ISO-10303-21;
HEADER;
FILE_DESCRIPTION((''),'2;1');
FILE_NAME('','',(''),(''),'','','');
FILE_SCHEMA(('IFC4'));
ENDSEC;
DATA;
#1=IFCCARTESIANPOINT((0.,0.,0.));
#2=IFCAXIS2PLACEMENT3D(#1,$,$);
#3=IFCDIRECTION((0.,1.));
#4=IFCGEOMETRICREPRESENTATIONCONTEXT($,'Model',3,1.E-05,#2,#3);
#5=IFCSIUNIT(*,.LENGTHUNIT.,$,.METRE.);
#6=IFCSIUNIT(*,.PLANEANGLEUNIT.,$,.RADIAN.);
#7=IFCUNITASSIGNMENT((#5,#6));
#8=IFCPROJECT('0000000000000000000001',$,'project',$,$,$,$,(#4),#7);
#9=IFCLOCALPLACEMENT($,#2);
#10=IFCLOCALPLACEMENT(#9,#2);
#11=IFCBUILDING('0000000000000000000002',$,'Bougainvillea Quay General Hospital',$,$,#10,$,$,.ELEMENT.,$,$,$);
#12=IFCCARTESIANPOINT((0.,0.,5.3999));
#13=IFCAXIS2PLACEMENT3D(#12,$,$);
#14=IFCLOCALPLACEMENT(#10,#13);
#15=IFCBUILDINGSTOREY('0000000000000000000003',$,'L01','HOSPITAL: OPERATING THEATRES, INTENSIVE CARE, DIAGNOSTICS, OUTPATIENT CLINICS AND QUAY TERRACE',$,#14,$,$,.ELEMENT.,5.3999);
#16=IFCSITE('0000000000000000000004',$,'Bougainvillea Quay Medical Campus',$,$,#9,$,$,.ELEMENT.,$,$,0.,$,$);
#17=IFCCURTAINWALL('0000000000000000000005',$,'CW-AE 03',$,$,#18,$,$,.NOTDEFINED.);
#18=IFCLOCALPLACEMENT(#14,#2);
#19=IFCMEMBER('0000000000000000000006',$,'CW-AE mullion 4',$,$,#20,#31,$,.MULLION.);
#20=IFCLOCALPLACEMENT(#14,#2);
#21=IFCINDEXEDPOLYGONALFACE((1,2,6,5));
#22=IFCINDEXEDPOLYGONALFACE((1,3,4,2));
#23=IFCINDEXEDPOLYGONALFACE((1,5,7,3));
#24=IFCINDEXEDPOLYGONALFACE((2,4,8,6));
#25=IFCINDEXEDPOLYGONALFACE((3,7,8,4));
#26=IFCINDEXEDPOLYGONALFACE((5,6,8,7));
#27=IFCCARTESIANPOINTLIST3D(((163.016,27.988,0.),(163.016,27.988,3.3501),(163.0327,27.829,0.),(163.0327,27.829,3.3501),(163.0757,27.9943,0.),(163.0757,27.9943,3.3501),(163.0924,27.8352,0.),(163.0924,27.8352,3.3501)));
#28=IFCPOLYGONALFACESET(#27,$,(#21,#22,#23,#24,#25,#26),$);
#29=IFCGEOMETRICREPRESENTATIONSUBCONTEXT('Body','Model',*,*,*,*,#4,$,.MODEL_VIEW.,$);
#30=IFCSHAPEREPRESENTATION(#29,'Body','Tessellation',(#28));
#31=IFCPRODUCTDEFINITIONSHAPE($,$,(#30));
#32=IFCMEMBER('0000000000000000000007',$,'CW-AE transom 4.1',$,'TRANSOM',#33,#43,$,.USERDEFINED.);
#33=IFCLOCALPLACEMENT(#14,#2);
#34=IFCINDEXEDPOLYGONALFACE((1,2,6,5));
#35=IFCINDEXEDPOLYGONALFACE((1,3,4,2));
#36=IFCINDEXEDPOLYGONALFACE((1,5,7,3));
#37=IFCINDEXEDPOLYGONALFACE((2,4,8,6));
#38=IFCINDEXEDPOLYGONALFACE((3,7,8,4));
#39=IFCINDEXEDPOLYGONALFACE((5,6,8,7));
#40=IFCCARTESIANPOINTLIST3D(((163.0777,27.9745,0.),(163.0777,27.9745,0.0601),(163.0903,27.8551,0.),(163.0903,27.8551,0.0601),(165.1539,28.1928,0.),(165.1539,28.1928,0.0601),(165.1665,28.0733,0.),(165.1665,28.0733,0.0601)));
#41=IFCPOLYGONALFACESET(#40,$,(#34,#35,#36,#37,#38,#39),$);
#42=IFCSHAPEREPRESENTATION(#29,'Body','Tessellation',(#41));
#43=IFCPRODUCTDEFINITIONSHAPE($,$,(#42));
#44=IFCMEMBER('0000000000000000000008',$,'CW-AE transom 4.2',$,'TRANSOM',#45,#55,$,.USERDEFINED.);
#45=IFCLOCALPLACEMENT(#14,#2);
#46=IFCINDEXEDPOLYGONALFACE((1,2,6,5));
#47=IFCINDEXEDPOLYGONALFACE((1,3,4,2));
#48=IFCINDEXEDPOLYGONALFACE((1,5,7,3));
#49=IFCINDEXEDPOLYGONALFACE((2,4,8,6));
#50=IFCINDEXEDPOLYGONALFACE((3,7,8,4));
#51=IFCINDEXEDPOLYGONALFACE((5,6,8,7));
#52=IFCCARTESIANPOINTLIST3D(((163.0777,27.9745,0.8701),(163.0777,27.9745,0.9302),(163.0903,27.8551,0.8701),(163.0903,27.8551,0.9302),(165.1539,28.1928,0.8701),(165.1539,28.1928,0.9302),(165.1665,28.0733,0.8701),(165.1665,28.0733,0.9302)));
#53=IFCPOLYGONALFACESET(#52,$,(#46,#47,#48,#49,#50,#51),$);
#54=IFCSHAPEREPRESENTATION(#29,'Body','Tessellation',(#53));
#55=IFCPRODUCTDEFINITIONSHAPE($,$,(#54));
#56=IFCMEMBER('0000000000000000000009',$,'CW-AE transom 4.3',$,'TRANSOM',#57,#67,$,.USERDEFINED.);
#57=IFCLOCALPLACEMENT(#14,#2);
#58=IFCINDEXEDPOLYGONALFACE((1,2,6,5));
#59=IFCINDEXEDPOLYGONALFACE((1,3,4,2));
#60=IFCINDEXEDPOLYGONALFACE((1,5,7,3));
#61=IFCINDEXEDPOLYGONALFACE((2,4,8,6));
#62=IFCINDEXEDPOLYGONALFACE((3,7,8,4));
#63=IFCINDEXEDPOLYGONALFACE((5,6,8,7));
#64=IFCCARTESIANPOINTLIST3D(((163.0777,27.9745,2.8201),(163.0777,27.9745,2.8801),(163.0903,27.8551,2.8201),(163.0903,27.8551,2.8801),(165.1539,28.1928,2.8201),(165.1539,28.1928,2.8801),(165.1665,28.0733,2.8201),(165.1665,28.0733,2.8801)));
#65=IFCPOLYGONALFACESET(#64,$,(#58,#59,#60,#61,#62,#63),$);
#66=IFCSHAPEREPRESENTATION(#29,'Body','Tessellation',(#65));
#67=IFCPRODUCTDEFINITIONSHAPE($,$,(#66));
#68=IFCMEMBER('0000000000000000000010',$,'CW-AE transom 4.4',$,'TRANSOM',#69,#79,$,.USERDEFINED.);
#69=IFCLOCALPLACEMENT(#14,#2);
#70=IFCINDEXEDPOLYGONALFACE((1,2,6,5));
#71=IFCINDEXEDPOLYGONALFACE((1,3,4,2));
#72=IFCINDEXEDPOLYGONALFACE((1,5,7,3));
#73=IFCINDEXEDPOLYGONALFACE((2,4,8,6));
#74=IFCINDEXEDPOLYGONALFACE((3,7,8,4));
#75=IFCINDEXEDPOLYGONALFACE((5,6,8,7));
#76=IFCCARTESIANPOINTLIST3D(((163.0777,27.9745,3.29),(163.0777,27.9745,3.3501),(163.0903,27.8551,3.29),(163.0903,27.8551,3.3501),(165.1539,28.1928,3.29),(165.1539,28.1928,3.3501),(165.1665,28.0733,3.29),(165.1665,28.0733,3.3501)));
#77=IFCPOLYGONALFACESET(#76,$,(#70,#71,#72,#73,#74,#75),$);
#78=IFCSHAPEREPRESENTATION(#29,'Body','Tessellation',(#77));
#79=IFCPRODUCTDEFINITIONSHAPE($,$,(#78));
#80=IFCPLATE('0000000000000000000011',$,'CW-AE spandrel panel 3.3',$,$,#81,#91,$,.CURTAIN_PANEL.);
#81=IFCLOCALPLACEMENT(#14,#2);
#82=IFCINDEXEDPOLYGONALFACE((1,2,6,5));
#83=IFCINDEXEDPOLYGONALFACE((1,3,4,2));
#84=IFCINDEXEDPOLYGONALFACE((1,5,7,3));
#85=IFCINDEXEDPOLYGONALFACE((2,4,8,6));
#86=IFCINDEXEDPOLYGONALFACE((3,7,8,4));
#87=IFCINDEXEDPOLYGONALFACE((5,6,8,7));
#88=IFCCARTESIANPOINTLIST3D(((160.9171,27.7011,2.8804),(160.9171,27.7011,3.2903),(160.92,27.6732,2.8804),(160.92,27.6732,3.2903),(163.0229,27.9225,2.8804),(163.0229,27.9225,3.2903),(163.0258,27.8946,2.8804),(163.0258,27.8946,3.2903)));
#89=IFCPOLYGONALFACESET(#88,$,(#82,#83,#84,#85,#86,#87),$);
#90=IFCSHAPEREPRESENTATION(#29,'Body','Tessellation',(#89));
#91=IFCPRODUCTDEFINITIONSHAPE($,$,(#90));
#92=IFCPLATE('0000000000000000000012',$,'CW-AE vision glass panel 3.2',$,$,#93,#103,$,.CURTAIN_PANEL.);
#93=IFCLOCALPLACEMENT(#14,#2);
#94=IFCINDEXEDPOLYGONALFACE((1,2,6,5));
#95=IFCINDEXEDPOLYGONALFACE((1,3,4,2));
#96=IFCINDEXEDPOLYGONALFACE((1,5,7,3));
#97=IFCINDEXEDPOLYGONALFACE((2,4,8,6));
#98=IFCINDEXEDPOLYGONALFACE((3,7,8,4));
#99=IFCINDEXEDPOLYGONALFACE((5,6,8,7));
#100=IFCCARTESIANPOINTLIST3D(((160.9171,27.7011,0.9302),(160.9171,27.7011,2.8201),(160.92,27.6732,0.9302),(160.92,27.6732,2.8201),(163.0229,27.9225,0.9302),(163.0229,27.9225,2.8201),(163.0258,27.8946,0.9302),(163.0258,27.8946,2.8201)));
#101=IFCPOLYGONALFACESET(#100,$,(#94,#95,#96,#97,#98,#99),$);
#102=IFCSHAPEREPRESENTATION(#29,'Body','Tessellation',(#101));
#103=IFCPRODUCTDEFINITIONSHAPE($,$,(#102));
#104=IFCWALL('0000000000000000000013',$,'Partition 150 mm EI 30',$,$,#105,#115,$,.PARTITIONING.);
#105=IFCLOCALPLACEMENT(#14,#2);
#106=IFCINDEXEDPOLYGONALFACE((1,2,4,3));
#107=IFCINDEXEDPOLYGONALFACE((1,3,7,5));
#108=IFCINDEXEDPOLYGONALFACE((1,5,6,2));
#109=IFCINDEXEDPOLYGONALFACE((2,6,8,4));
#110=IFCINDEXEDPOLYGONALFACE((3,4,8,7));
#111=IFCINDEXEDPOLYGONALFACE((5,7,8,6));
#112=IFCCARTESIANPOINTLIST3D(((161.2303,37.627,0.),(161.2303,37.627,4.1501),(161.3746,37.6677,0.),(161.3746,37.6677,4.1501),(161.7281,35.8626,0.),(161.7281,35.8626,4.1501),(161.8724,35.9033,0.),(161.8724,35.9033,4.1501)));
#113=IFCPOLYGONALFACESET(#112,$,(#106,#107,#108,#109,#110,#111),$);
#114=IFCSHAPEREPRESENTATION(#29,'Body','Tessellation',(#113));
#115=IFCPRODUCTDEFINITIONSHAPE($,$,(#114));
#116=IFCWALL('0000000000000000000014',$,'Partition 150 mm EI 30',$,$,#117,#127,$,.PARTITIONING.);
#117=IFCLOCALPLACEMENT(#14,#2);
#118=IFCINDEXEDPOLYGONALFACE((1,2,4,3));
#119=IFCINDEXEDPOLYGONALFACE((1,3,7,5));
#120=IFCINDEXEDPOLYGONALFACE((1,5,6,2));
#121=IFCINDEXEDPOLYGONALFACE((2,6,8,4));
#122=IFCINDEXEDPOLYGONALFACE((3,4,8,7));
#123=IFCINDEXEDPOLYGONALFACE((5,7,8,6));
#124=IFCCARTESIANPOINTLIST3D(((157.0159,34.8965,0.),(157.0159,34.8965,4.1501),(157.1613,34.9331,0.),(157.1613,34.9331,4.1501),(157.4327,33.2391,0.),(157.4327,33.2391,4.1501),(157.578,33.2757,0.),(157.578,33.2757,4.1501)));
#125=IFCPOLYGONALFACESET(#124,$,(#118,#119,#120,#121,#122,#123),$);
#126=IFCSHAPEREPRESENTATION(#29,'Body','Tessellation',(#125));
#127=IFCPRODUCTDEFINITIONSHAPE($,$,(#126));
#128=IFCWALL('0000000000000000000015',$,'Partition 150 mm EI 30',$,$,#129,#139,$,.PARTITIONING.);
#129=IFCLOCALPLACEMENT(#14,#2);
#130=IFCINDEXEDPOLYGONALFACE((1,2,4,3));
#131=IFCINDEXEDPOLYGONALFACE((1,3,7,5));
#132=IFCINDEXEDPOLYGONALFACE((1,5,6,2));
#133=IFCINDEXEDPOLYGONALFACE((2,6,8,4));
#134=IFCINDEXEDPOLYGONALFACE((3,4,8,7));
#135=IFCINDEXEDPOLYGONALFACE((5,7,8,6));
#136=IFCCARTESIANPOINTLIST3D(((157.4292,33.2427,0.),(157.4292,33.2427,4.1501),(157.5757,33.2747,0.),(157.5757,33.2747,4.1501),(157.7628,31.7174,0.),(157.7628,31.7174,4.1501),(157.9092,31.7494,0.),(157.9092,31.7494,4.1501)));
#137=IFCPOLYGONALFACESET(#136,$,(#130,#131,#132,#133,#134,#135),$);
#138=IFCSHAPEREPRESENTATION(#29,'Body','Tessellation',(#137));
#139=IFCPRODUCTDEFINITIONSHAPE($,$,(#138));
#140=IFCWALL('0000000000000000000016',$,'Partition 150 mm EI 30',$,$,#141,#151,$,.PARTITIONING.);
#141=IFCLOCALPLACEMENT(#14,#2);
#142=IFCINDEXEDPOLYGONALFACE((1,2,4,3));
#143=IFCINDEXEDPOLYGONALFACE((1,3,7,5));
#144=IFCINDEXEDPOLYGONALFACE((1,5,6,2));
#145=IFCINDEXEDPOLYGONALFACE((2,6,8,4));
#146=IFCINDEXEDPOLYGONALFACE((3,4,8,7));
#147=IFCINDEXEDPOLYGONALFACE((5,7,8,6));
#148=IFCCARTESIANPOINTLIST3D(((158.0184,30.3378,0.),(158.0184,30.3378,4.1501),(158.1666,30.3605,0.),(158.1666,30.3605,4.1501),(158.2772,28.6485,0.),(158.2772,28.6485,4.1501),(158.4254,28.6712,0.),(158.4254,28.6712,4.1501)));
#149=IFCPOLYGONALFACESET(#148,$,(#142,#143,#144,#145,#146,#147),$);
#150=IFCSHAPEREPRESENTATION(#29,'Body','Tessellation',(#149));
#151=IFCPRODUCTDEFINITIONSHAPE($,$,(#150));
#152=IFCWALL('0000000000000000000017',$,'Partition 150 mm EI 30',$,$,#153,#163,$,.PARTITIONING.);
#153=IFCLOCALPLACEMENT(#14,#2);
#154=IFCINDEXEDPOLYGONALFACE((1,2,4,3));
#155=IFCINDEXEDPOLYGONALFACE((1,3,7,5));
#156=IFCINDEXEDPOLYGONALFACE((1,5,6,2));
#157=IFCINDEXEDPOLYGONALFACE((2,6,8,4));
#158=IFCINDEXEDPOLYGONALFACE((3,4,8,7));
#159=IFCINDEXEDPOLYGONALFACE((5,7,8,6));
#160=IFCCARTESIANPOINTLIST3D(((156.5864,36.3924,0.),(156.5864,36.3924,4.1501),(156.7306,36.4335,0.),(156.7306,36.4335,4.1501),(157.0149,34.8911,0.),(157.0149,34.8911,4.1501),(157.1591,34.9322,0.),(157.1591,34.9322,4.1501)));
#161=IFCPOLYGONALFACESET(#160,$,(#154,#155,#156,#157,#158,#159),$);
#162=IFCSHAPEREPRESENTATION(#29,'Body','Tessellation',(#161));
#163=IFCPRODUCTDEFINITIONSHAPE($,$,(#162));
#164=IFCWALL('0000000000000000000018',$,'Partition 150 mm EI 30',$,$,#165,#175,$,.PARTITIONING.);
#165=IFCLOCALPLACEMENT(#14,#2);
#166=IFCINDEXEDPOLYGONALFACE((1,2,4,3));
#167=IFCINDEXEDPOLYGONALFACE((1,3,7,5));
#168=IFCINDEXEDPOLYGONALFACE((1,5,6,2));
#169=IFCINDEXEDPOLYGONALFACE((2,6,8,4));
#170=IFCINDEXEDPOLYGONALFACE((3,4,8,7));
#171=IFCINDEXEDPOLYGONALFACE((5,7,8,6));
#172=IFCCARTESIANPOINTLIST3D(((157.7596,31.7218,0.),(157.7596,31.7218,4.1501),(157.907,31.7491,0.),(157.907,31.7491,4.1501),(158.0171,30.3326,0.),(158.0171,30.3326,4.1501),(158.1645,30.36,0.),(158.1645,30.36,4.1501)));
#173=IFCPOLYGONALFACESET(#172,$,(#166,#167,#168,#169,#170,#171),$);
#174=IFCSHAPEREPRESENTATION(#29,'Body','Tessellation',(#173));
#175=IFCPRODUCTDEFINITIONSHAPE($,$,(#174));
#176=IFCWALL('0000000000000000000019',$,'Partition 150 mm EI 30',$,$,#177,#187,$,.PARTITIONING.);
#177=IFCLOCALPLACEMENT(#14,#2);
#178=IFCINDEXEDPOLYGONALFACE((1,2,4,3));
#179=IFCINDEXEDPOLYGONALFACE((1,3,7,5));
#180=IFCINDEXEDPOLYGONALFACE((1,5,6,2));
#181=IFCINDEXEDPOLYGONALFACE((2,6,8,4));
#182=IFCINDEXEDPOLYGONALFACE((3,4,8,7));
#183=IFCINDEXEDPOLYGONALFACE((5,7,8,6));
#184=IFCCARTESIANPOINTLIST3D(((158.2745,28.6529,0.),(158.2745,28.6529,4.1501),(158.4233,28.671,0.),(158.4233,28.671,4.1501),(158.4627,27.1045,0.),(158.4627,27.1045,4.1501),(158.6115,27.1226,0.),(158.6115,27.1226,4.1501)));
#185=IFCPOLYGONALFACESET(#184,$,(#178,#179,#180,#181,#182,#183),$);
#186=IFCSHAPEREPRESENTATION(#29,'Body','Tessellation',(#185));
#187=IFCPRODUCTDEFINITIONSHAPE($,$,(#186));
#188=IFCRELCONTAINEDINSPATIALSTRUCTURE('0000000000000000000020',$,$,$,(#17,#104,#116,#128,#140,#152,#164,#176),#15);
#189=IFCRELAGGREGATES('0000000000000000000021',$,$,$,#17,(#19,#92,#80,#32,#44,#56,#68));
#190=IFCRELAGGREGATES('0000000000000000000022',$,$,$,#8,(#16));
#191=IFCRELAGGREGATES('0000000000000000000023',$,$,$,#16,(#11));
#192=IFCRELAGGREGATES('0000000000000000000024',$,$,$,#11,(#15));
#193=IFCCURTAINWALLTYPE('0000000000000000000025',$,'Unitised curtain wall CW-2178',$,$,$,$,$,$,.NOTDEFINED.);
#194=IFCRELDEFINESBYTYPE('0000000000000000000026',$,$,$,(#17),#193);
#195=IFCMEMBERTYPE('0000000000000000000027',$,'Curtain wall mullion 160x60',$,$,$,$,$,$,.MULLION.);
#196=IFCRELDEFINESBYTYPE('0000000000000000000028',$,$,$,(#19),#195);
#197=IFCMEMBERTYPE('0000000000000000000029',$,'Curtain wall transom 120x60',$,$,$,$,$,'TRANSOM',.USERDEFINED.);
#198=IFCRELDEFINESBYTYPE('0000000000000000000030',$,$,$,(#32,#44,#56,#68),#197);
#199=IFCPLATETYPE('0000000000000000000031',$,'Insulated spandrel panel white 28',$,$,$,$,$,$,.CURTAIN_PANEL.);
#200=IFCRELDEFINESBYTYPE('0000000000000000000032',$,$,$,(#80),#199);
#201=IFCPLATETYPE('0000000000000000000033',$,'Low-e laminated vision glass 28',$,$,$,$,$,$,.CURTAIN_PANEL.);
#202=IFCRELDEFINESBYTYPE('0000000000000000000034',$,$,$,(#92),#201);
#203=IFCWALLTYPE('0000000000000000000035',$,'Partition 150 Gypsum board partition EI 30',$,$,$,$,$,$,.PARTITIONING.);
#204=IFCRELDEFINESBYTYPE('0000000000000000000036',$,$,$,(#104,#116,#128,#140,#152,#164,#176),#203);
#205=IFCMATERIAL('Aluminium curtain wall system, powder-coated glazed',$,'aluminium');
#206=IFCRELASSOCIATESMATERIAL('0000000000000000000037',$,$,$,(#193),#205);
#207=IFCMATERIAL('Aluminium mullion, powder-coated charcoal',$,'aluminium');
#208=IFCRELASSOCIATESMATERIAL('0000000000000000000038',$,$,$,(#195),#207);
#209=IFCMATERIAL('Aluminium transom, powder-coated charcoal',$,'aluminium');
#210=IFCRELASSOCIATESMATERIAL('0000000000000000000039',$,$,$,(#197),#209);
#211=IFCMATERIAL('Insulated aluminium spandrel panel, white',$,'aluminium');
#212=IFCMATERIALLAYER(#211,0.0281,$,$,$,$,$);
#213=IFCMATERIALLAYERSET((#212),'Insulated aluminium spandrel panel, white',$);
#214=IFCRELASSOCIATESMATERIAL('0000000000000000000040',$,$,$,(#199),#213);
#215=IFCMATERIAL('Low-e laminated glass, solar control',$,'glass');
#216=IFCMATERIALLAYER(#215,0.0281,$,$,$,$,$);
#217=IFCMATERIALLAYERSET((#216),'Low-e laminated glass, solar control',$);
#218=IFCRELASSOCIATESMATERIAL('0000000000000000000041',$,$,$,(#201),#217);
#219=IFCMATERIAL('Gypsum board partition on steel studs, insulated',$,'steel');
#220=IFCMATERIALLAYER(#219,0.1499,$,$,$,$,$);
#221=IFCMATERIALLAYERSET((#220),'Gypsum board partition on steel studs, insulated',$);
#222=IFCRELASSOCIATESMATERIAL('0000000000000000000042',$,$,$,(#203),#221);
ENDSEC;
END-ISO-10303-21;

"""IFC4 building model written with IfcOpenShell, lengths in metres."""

from ifc_helpers import new_model, si_unit, direction, frame, frame_2d, origin, origin_2d, place, context, subcontext, project, spatial, rectangle, extrude, material, layer, layer_set, material_profile, profile_set, type_object, element, aggregate, save


model = new_model("IFC4")

# Units and contexts
model_context = context("Model", 3, precision=1e-05, world=origin(), true_north=direction((0.0, 1.0)))
body_context = subcontext(model_context, "Body", "Model", "MODEL_VIEW")
ifc_project = project(units=[si_unit("LENGTHUNIT", "METRE"), si_unit("PLANEANGLEUNIT", "RADIAN")], contexts=[model_context])

# Site, building, storey
site_placement = place(None, origin())
site = spatial("IfcSite", under=ifc_project, at=site_placement, Name="Bougainvillea Quay Medical Campus", CompositionType="ELEMENT", RefElevation=0.0)
building_placement = place(site_placement, origin())
building = spatial("IfcBuilding", under=site, at=building_placement, Name="Bougainvillea Quay General Hospital", CompositionType="ELEMENT")
storey_placement = place(building_placement, frame((0.0, 0.0, 5.3999)))
storey = spatial("IfcBuildingStorey", under=building, at=storey_placement, Name="L01", Description="HOSPITAL: OPERATING THEATRES, INTENSIVE CARE, DIAGNOSTICS, OUTPATIENT CLINICS AND QUAY TERRACE", CompositionType="ELEMENT", Elevation=5.3999)

# Curtain wall, members, plates
ifc_material_1 = material(Name="Aluminium curtain wall system, powder-coated glazed", Category="aluminium")
curtain_wall_type = type_object("IfcCurtainWallType", Name="Unitised curtain wall CW-2178", PredefinedType="NOTDEFINED", material=ifc_material_1)
curtain_wall_placement = place(storey_placement, origin())
curtain_wall = element("IfcCurtainWall", 1, at=curtain_wall_placement, inside=storey, type_object=curtain_wall_type, Name="CW-AE 03", PredefinedType="NOTDEFINED")
ifc_material_2 = material(Name="Aluminium mullion, powder-coated charcoal", Category="aluminium")
ifc_material_profile_1 = material_profile(ifc_material_2, rectangle(XDim=0.1599, YDim=0.0601, at=origin_2d()))
ifc_profile_set_1 = profile_set([ifc_material_profile_1], Name="Aluminium mullion, powder-coated charcoal")
member_type_1 = type_object("IfcMemberType", Name="Curtain wall mullion 160x60", PredefinedType="MULLION", material=ifc_profile_set_1)
member_1_placement = place(storey_placement, frame((163.0542, 27.9116, 0.0), z_axis=(0.0, 0.0, 1.0), x_axis=(-0.104527, 0.994522, 0.0)))
member_1 = element("IfcMember", 2, at=member_1_placement, type_object=member_type_1, Name="CW-AE mullion 4", PredefinedType="MULLION", context=body_context, shape_type="SweptSolid", body=[
    extrude(rectangle(XDim=0.1599, YDim=0.0601, at=origin_2d()), origin(), (0.0, 0.0, 1.0), 3.3501),
])
ifc_material_3 = material(Name="Aluminium transom, powder-coated charcoal", Category="aluminium")
ifc_material_profile_2 = material_profile(ifc_material_3, rectangle(XDim=0.1201, YDim=0.0601, at=origin_2d()))
ifc_profile_set_2 = profile_set([ifc_material_profile_2], Name="Aluminium transom, powder-coated charcoal")
member_type_2 = type_object("IfcMemberType", Name="Curtain wall transom 120x60", ElementType="TRANSOM", PredefinedType="USERDEFINED", material=ifc_profile_set_2)
member_2_placement = place(storey_placement, frame((163.084, 27.9148, 0.03), z_axis=(0.99452, 0.104551, 0.0), x_axis=(-0.104551, 0.99452, 0.0)))
member_2 = element("IfcMember", 3, at=member_2_placement, type_object=member_type_2, Name="CW-AE transom 4.1", ObjectType="TRANSOM", PredefinedType="USERDEFINED", context=body_context, shape_type="SweptSolid", body=[
    extrude(rectangle(XDim=0.1201, YDim=0.0601, at=origin_2d()), origin(), (0.0, 0.0, 1.0), 2.0876),
])
member_3_placement = place(storey_placement, frame((163.084, 27.9148, 0.9001), z_axis=(0.99452, 0.104551, 0.0), x_axis=(-0.104551, 0.99452, 0.0)))
member_3 = element("IfcMember", 4, at=member_3_placement, type_object=member_type_2, Name="CW-AE transom 4.2", ObjectType="TRANSOM", PredefinedType="USERDEFINED", context=body_context, shape_type="SweptSolid", body=[
    extrude(rectangle(XDim=0.1201, YDim=0.0601, at=origin_2d()), origin(), (0.0, 0.0, 1.0), 2.0876),
])
member_4_placement = place(storey_placement, frame((163.084, 27.9148, 2.8501), z_axis=(0.99452, 0.104551, 0.0), x_axis=(-0.104551, 0.99452, 0.0)))
member_4 = element("IfcMember", 5, at=member_4_placement, type_object=member_type_2, Name="CW-AE transom 4.3", ObjectType="TRANSOM", PredefinedType="USERDEFINED", context=body_context, shape_type="SweptSolid", body=[
    extrude(rectangle(XDim=0.1201, YDim=0.0601, at=origin_2d()), origin(), (0.0, 0.0, 1.0), 2.0876),
])
member_5_placement = place(storey_placement, frame((163.084, 27.9148, 3.3201), z_axis=(0.99452, 0.104551, 0.0), x_axis=(-0.104551, 0.99452, 0.0)))
member_5 = element("IfcMember", 6, at=member_5_placement, type_object=member_type_2, Name="CW-AE transom 4.4", ObjectType="TRANSOM", PredefinedType="USERDEFINED", context=body_context, shape_type="SweptSolid", body=[
    extrude(rectangle(XDim=0.1201, YDim=0.0601, at=origin_2d()), origin(), (0.0, 0.0, 1.0), 2.0876),
])
ifc_material_4 = material(Name="Insulated aluminium spandrel panel, white", Category="aluminium")
ifc_layer_1 = layer(ifc_material_4, 0.0281)
ifc_layer_set_1 = layer_set([ifc_layer_1], Name="Insulated aluminium spandrel panel, white")
plate_type_1 = type_object("IfcPlateType", Name="Insulated spandrel panel white 28", PredefinedType="CURTAIN_PANEL", material=ifc_layer_set_1)
plate_1_placement = place(storey_placement, frame((161.9714, 27.7979, 2.8804), z_axis=(0.0, 0.0, 1.0), x_axis=(0.994522, 0.104527, 0.0)))
plate_1 = element("IfcPlate", 7, at=plate_1_placement, type_object=plate_type_1, Name="CW-AE spandrel panel 3.3", PredefinedType="CURTAIN_PANEL", context=body_context, shape_type="SweptSolid", body=[
    extrude(rectangle(XDim=2.1174, YDim=0.0281, at=origin_2d()), origin(), (0.0, 0.0, 1.0), 0.4099),
])
ifc_material_5 = material(Name="Low-e laminated glass, solar control", Category="glass")
ifc_layer_2 = layer(ifc_material_5, 0.0281)
ifc_layer_set_2 = layer_set([ifc_layer_2], Name="Low-e laminated glass, solar control")
plate_type_2 = type_object("IfcPlateType", Name="Low-e laminated vision glass 28", PredefinedType="CURTAIN_PANEL", material=ifc_layer_set_2)
plate_2_placement = place(storey_placement, frame((161.9714, 27.7979, 0.9302), z_axis=(0.0, 0.0, 1.0), x_axis=(0.994522, 0.104527, 0.0)))
plate_2 = element("IfcPlate", 8, at=plate_2_placement, type_object=plate_type_2, Name="CW-AE vision glass panel 3.2", PredefinedType="CURTAIN_PANEL", context=body_context, shape_type="SweptSolid", body=[
    extrude(rectangle(XDim=2.1174, YDim=0.0281, at=origin_2d()), origin(), (0.0, 0.0, 1.0), 1.8899),
])
aggregate(curtain_wall, [member_1, plate_2, plate_1, member_2, member_3, member_4, member_5])

# Walls
ifc_material_6 = material(Name="Gypsum board partition on steel studs, insulated", Category="steel")
ifc_layer_3 = layer(ifc_material_6, 0.1499)
ifc_layer_set_3 = layer_set([ifc_layer_3], Name="Gypsum board partition on steel studs, insulated")
wall_type_1 = type_object("IfcWallType", Name="Partition 150 Gypsum board partition EI 30", PredefinedType="PARTITIONING", material=ifc_layer_set_3)
wall_1_placement = place(storey_placement, frame((161.3025, 37.6472, 0.0), z_axis=(0.0, 0.0, 1.0), x_axis=(0.271536, -0.962428, 0.0)))
element("IfcWall", 9, at=wall_1_placement, inside=storey, type_object=wall_type_1, Name="Partition 150 mm EI 30", PredefinedType="PARTITIONING", context=body_context, shape_type="SweptSolid", body=[
    extrude(rectangle(XDim=1.8333, YDim=0.1499, at=frame_2d((0.9165, 0.0))), origin(), (0.0, 0.0, 1.0), 4.1501),
])
wall_2_placement = place(storey_placement, frame((157.0886, 34.9148, 0.0), z_axis=(0.0, 0.0, 1.0), x_axis=(0.243846, -0.969814, 0.0)))
element("IfcWall", 10, at=wall_2_placement, inside=storey, type_object=wall_type_1, Name="Partition 150 mm EI 30", PredefinedType="PARTITIONING", context=body_context, shape_type="SweptSolid", body=[
    extrude(rectangle(XDim=1.709, YDim=0.1499, at=frame_2d((0.8545, 0.0))), origin(), (0.0, 0.0, 1.0), 4.1501),
])
wall_3_placement = place(storey_placement, frame((157.5024, 33.2588, 0.0), z_axis=(0.0, 0.0, 1.0), x_axis=(0.213618, -0.976917, 0.0)))
element("IfcWall", 11, at=wall_3_placement, inside=storey, type_object=wall_type_1, Name="Partition 150 mm EI 30", PredefinedType="PARTITIONING", context=body_context, shape_type="SweptSolid", body=[
    extrude(rectangle(XDim=1.5613, YDim=0.1499, at=frame_2d((0.7808, 0.0))), origin(), (0.0, 0.0, 1.0), 4.1501),
])
wall_4_placement = place(storey_placement, frame((158.0925, 30.3491, 0.0), z_axis=(0.0, 0.0, 1.0), x_axis=(0.151435, -0.988467, 0.0)))
element("IfcWall", 12, at=wall_4_placement, inside=storey, type_object=wall_type_1, Name="Partition 150 mm EI 30", PredefinedType="PARTITIONING", context=body_context, shape_type="SweptSolid", body=[
    extrude(rectangle(XDim=1.709, YDim=0.1499, at=frame_2d((0.8545, 0.0))), origin(), (0.0, 0.0, 1.0), 4.1501),
])
wall_5_placement = place(storey_placement, frame((156.6584, 36.4131, 0.0), z_axis=(0.0, 0.0, 1.0), x_axis=(0.274453, -0.961601, 0.0)))
element("IfcWall", 13, at=wall_5_placement, inside=storey, type_object=wall_type_1, Name="Partition 150 mm EI 30", PredefinedType="PARTITIONING", context=body_context, shape_type="SweptSolid", body=[
    extrude(rectangle(XDim=1.5613, YDim=0.1499, at=frame_2d((0.7808, 0.0))), origin(), (0.0, 0.0, 1.0), 4.1501),
])
wall_6_placement = place(storey_placement, frame((157.8333, 31.7356, 0.0), z_axis=(0.0, 0.0, 1.0), x_axis=(0.182306, -0.983242, 0.0)))
element("IfcWall", 14, at=wall_6_placement, inside=storey, type_object=wall_type_1, Name="Partition 150 mm EI 30", PredefinedType="PARTITIONING", context=body_context, shape_type="SweptSolid", body=[
    extrude(rectangle(XDim=1.4128, YDim=0.1499, at=frame_2d((0.7065, 0.0))), origin(), (0.0, 0.0, 1.0), 4.1501),
])
wall_7_placement = place(storey_placement, frame((158.3489, 28.6619, 0.0), z_axis=(0.0, 0.0, 1.0), x_axis=(0.120682, -0.992691, 0.0)))
element("IfcWall", 15, at=wall_7_placement, inside=storey, type_object=wall_type_1, Name="Partition 150 mm EI 30", PredefinedType="PARTITIONING", context=body_context, shape_type="SweptSolid", body=[
    extrude(rectangle(XDim=1.5598, YDim=0.1499, at=frame_2d((0.7798, 0.0))), origin(), (0.0, 0.0, 1.0), 4.1501),
])

save(model, "model.ifc")
